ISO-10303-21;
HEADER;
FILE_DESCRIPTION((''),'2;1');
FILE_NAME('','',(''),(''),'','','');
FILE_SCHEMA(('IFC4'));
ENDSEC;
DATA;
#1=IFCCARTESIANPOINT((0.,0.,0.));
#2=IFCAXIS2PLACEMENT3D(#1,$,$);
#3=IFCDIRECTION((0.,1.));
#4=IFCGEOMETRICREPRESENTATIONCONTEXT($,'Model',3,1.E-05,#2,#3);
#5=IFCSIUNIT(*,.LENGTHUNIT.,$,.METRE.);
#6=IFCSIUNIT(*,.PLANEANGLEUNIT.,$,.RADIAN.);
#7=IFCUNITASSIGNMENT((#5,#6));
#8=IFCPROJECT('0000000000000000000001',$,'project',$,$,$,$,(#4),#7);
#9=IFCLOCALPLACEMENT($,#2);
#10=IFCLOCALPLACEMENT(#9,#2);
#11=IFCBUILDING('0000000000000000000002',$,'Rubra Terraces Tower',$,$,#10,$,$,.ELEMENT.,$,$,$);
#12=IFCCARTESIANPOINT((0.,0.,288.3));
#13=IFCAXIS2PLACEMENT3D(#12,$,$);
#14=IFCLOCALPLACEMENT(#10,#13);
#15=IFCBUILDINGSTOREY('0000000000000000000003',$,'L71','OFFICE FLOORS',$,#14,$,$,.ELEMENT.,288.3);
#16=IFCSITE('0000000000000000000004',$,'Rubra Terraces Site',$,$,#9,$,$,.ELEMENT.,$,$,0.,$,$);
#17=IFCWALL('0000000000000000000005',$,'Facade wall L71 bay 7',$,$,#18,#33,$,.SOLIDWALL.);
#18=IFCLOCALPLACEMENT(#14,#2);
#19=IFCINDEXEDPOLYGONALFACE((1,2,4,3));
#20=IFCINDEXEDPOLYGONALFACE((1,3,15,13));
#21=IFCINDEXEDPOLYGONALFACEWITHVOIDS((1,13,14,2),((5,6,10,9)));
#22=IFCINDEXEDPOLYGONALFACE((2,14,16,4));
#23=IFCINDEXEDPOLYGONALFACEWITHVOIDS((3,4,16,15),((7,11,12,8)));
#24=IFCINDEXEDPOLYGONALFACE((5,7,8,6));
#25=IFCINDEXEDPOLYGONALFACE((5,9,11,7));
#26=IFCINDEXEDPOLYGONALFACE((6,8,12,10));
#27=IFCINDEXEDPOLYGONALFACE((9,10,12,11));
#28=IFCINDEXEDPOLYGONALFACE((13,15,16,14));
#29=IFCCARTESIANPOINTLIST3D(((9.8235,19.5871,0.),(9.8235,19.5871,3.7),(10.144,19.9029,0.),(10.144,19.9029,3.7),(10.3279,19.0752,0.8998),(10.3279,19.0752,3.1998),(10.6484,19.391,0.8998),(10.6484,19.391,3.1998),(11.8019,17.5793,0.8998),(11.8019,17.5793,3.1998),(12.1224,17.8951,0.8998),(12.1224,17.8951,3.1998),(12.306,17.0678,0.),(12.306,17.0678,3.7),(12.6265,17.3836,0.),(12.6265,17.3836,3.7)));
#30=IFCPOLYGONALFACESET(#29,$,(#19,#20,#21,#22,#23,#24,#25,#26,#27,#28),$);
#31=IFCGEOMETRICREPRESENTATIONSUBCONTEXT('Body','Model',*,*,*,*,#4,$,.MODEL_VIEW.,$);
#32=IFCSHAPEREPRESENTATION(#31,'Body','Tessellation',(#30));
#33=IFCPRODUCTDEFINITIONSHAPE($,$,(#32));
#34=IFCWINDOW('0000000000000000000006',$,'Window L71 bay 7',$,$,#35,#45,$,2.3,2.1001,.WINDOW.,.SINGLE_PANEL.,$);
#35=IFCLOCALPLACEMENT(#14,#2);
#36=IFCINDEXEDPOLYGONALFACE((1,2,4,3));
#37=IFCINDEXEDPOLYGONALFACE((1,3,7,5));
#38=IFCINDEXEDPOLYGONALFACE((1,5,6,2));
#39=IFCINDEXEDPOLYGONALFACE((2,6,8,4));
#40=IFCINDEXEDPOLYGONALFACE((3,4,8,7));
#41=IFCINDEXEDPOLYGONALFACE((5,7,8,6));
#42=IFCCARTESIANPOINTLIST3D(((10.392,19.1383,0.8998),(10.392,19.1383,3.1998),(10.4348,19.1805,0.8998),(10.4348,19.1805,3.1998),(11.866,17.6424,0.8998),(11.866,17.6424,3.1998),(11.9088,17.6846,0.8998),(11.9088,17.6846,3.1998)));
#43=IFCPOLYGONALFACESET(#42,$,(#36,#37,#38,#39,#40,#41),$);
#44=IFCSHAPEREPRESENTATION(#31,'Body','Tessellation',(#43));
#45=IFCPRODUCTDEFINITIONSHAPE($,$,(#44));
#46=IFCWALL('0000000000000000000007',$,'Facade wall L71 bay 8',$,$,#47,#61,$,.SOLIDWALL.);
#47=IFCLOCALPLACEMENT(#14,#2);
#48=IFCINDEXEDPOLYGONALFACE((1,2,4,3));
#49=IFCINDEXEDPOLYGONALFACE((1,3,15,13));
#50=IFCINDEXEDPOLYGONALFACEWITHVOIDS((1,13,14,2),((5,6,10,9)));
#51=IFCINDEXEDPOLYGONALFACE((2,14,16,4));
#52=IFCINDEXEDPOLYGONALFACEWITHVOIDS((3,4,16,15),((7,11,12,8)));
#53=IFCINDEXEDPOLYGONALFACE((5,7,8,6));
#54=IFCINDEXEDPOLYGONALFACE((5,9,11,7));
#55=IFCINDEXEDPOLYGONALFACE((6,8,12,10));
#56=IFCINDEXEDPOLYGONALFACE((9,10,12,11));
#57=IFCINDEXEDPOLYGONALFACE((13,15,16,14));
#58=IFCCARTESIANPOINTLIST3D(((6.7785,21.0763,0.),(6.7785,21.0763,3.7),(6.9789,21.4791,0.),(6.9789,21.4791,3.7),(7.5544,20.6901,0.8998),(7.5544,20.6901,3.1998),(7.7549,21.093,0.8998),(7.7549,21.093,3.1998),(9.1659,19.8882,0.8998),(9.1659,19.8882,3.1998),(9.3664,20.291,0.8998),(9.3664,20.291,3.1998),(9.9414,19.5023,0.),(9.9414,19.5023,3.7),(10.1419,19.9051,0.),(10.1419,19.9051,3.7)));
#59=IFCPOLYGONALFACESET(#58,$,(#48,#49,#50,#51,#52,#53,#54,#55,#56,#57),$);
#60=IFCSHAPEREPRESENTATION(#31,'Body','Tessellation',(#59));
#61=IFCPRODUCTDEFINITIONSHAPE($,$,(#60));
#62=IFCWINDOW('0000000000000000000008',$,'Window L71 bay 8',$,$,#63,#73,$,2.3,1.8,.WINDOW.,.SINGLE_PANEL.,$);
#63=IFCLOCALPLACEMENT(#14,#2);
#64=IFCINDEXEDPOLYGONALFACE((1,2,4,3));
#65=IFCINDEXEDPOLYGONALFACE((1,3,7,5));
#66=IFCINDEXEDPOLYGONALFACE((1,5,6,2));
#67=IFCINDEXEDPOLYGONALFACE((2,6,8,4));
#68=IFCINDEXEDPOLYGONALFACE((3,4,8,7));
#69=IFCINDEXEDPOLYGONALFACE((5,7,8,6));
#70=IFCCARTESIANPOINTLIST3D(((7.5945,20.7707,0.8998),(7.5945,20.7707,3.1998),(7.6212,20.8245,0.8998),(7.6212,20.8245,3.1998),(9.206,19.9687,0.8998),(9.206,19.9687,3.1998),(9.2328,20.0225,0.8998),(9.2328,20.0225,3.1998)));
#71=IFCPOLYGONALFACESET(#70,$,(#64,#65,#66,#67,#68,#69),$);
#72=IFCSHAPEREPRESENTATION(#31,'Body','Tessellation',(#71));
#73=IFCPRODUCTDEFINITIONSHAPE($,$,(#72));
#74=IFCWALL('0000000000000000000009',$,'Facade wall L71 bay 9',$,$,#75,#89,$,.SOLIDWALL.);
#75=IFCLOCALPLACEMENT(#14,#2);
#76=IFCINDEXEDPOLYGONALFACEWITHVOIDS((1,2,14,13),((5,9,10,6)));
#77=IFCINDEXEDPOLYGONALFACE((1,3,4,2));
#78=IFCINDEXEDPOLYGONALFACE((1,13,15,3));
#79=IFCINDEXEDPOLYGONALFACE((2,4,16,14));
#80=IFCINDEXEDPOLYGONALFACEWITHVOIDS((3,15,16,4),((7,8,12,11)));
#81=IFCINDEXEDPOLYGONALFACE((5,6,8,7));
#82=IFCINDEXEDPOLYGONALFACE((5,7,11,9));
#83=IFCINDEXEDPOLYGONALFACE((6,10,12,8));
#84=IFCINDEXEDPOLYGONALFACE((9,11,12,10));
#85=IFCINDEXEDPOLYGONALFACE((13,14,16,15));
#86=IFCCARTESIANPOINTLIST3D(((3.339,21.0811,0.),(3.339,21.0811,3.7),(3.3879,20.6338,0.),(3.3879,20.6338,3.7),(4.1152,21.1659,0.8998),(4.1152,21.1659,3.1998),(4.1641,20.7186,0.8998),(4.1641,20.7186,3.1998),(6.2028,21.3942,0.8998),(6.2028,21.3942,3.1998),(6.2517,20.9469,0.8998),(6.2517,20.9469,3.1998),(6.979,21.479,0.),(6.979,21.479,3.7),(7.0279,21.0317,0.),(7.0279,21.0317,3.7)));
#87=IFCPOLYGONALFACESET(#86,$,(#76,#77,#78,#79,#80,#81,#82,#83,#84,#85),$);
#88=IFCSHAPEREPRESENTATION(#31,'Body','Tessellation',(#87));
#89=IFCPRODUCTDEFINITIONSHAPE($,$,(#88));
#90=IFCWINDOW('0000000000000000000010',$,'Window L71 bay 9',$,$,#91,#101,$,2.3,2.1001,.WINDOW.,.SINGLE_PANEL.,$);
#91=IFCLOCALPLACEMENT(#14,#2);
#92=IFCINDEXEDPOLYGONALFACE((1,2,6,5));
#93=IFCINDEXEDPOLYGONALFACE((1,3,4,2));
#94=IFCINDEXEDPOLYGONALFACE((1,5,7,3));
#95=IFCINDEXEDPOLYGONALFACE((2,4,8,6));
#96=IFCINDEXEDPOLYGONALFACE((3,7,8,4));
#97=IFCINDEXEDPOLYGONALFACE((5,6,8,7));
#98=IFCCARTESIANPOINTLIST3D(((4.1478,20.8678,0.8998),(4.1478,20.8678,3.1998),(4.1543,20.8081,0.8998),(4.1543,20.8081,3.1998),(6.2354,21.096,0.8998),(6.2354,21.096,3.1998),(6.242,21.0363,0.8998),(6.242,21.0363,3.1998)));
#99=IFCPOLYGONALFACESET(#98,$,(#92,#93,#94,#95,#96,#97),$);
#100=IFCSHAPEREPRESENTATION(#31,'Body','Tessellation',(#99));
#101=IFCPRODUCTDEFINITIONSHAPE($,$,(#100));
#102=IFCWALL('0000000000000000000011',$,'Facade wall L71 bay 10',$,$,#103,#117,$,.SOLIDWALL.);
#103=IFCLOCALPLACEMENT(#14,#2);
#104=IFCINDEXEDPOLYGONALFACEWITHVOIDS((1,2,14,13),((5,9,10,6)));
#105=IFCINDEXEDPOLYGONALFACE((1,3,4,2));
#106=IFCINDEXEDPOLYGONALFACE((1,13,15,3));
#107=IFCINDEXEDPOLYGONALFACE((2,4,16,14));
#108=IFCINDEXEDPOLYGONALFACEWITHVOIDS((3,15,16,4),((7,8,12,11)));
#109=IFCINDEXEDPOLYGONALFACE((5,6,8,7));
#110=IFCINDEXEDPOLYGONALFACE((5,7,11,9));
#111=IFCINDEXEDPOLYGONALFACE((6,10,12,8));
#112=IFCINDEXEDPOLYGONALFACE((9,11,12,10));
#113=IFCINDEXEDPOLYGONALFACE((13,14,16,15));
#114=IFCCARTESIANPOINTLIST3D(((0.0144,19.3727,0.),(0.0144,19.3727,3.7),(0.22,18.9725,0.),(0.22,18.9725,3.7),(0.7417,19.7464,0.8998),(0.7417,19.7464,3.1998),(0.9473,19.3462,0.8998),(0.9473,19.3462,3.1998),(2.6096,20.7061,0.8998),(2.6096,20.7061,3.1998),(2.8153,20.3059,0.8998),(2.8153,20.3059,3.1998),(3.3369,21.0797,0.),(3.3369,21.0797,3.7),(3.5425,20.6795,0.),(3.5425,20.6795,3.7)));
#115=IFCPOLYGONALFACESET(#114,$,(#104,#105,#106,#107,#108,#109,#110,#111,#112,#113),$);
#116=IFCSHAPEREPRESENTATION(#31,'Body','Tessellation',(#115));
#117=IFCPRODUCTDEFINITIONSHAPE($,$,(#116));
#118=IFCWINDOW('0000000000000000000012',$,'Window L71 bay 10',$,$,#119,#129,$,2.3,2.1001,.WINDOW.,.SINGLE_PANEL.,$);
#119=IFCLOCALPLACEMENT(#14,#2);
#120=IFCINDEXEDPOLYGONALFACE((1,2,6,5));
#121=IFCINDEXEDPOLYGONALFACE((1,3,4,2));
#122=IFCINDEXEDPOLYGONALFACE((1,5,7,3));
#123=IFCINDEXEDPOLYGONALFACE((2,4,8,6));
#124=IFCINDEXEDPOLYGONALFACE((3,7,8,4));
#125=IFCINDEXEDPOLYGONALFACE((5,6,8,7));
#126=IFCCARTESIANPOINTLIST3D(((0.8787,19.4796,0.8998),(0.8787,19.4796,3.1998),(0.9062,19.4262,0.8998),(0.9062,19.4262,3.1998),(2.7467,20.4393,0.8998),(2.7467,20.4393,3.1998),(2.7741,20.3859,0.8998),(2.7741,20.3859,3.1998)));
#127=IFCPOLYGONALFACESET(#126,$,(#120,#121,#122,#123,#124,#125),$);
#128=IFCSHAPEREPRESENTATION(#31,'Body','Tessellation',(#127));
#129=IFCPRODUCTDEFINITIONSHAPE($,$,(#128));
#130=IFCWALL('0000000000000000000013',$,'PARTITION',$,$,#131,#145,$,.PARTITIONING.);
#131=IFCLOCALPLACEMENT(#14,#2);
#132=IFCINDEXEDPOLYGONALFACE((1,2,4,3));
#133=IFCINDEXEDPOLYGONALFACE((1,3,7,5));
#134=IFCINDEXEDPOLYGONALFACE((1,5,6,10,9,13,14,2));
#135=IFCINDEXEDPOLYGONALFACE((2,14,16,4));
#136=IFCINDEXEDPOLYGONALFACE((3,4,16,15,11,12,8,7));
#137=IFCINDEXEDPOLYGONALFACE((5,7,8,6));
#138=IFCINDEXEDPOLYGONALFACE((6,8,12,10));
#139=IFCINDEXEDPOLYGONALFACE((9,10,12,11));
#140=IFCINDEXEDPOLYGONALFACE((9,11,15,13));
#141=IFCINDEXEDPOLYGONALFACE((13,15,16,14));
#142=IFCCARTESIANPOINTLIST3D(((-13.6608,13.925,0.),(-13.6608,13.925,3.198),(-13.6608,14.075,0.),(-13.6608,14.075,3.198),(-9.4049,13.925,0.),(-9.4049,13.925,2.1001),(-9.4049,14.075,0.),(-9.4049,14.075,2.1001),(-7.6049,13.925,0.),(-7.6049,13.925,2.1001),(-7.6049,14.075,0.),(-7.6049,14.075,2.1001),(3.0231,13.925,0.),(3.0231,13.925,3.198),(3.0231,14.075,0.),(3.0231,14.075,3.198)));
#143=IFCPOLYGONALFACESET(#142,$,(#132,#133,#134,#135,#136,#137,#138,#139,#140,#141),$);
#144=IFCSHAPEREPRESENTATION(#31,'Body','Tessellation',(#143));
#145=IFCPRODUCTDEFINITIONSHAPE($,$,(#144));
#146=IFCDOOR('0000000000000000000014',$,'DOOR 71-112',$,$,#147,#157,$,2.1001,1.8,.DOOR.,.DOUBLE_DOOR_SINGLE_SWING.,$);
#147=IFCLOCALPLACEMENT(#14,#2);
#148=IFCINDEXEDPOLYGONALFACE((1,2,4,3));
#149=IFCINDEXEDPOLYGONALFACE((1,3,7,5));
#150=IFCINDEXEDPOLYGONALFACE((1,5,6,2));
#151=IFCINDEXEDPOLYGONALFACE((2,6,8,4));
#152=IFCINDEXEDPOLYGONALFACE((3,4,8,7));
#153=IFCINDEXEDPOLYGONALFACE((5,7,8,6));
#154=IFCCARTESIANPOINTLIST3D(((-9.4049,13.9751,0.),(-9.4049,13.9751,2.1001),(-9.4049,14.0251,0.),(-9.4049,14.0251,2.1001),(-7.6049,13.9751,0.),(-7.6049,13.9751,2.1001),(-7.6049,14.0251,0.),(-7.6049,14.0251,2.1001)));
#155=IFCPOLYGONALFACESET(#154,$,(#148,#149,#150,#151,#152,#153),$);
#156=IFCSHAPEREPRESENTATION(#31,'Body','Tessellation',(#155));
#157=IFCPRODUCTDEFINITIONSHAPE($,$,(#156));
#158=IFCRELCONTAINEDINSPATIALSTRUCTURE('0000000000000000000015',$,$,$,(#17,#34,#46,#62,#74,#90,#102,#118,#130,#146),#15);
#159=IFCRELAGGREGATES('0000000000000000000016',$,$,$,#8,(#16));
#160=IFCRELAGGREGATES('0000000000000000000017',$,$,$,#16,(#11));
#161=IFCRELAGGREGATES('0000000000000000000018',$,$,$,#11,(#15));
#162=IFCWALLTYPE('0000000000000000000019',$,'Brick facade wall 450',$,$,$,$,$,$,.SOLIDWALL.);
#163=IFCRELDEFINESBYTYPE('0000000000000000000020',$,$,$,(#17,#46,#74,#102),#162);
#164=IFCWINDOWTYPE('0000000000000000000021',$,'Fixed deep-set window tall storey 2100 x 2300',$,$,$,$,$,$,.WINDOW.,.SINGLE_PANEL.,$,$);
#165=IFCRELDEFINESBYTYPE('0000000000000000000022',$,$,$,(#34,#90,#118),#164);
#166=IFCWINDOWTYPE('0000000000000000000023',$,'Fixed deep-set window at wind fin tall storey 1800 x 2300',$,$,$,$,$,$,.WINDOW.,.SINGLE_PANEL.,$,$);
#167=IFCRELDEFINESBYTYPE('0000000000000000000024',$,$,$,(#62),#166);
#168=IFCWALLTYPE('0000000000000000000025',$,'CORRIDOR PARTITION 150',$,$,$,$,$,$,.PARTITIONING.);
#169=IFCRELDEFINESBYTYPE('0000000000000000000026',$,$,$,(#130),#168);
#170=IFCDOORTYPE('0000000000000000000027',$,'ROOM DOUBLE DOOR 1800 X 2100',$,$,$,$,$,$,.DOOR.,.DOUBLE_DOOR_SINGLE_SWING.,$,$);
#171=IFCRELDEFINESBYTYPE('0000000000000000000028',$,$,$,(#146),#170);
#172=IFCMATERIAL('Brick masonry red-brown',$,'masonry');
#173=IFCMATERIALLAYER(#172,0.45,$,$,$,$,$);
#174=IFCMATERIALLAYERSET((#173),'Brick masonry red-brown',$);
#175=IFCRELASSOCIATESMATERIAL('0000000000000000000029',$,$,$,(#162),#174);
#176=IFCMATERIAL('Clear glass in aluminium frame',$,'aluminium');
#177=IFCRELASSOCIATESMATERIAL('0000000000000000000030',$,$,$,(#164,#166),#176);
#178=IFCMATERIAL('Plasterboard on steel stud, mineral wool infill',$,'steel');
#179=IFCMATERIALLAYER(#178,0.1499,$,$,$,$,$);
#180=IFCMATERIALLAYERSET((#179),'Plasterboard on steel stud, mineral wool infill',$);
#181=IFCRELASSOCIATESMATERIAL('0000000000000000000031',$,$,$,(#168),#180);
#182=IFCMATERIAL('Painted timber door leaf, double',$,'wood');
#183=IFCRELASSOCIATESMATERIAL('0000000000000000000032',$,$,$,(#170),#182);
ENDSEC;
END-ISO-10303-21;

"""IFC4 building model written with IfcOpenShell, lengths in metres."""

from ifc_helpers import new_model, si_unit, direction, frame, frame_2d, origin, place, context, subcontext, project, spatial, rectangle, extrude, material, layer, layer_set, type_object, element, fill, save


model = new_model("IFC4")

# Units and contexts
model_context = context("Model", 3, precision=1e-05, world=origin(), true_north=direction((0.0, 1.0)))
body_context = subcontext(model_context, "Body", "Model", "MODEL_VIEW")
ifc_project = project(units=[si_unit("LENGTHUNIT", "METRE"), si_unit("PLANEANGLEUNIT", "RADIAN")], contexts=[model_context])

# Site, building, storey
site_placement = place(None, origin())
site = spatial("IfcSite", under=ifc_project, at=site_placement, Name="Rubra Terraces Site", CompositionType="ELEMENT", RefElevation=0.0)
building_placement = place(site_placement, origin())
building = spatial("IfcBuilding", under=site, at=building_placement, Name="Rubra Terraces Tower", CompositionType="ELEMENT")
storey_placement = place(building_placement, frame((0.0, 0.0, 288.3)))
storey = spatial("IfcBuildingStorey", under=building, at=storey_placement, Name="L71", Description="OFFICE FLOORS", CompositionType="ELEMENT", Elevation=288.3)

# Walls, openings, windows
ifc_material_1 = material(Name="Brick masonry red-brown", Category="masonry")
ifc_layer_1 = layer(ifc_material_1, 0.45)
ifc_layer_set_1 = layer_set([ifc_layer_1], Name="Brick masonry red-brown")
wall_type_1 = type_object("IfcWallType", Name="Brick facade wall 450", PredefinedType="SOLIDWALL", material=ifc_layer_set_1)
wall_1_placement = place(storey_placement, frame((12.4663, 17.2256, 0.0), z_axis=(0.0, 0.0, 1.0), x_axis=(-0.701876, 0.712299, 0.0)))
wall_1 = element("IfcWall", 1, at=wall_1_placement, inside=storey, type_object=wall_type_1, Name="Facade wall L71 bay 7", PredefinedType="SOLIDWALL", context=body_context, shape_type="SweptSolid", body=[
    extrude(rectangle(XDim=3.5369, YDim=0.45, at=frame_2d((1.7686, 0.0))), origin(), (0.0, 0.0, 1.0), 3.7),
])
opening_1_placement = place(wall_1_placement, frame((0.7183, 0.0, 0.8999)))
opening_1 = element("IfcOpeningElement", 2, at=opening_1_placement, cuts=wall_1, PredefinedType="OPENING", context=body_context, shape_type="SweptSolid", body=[
    extrude(rectangle(XDim=2.1001, YDim=2.3, at=frame_2d((1.05, 1.1499))), frame((0.0, 0.2349, 0.0), z_axis=(0.0, -1.0, 0.0), x_axis=(1.0, 0.0, 0.0)), (0.0, 0.0, 1.0), 0.47),
])
ifc_material_2 = material(Name="Clear glass in aluminium frame", Category="aluminium")
window_type_1 = type_object("IfcWindowType", Name="Fixed deep-set window tall storey 2100 x 2300", PartitioningType="SINGLE_PANEL", PredefinedType="WINDOW", material=ifc_material_2)
window_1_placement = place(opening_1_placement, origin())
window_1 = element("IfcWindow", 3, at=window_1_placement, inside=storey, type_object=window_type_1, Name="Window L71 bay 7", OverallHeight=2.3, OverallWidth=2.1001, PartitioningType="SINGLE_PANEL", PredefinedType="WINDOW", context=body_context, shape_type="SweptSolid", body=[
    extrude(rectangle(XDim=2.1001, YDim=2.3, at=frame_2d((1.05, 1.1499))), frame((0.0, 0.135, 0.0), z_axis=(0.0, -1.0, 0.0), x_axis=(1.0, 0.0, 0.0)), (0.0, 0.0, 1.0), 0.0601),
])
fill(opening_1, window_1)
wall_2_placement = place(storey_placement, frame((10.0417, 19.7036, 0.0), z_axis=(0.0, 0.0, 1.0), x_axis=(-0.895269, 0.445527, 0.0)))
wall_2 = element("IfcWall", 4, at=wall_2_placement, inside=storey, type_object=wall_type_1, Name="Facade wall L71 bay 8", PredefinedType="SOLIDWALL", context=body_context, shape_type="SweptSolid", body=[
    extrude(rectangle(XDim=3.533, YDim=0.45, at=frame_2d((1.7666, 0.0))), origin(), (0.0, 0.0, 1.0), 3.7),
])
opening_2_placement = place(wall_2_placement, frame((0.8665, 0.0, 0.8999)))
opening_2 = element("IfcOpeningElement", 5, at=opening_2_placement, cuts=wall_2, PredefinedType="OPENING", context=body_context, shape_type="SweptSolid", body=[
    extrude(rectangle(XDim=1.8, YDim=2.3, at=frame_2d((0.8999, 1.1499))), frame((0.0, 0.2349, 0.0), z_axis=(0.0, -1.0, 0.0), x_axis=(1.0, 0.0, 0.0)), (0.0, 0.0, 1.0), 0.47),
])
window_type_2 = type_object("IfcWindowType", Name="Fixed deep-set window at wind fin tall storey 1800 x 2300", PartitioningType="SINGLE_PANEL", PredefinedType="WINDOW", material=ifc_material_2)
window_2_placement = place(opening_2_placement, origin())
window_2 = element("IfcWindow", 6, at=window_2_placement, inside=storey, type_object=window_type_2, Name="Window L71 bay 8", OverallHeight=2.3, OverallWidth=1.8, PartitioningType="SINGLE_PANEL", PredefinedType="WINDOW", context=body_context, shape_type="SweptSolid", body=[
    extrude(rectangle(XDim=1.8, YDim=2.3, at=frame_2d((0.8999, 1.1499))), frame((0.0, 0.135, 0.0), z_axis=(0.0, -1.0, 0.0), x_axis=(1.0, 0.0, 0.0)), (0.0, 0.0, 1.0), 0.0601),
])
fill(opening_2, window_2)
wall_3_placement = place(storey_placement, frame((7.0034, 21.2554, 0.0), z_axis=(0.0, 0.0, 1.0), x_axis=(-0.994077, -0.108682, 0.0)))
wall_3 = element("IfcWall", 7, at=wall_3_placement, inside=storey, type_object=wall_type_1, Name="Facade wall L71 bay 9", PredefinedType="SOLIDWALL", context=body_context, shape_type="SweptSolid", body=[
    extrude(rectangle(XDim=3.6616, YDim=0.45, at=frame_2d((1.8308, 0.0))), origin(), (0.0, 0.0, 1.0), 3.7),
])
opening_3_placement = place(wall_3_placement, frame((0.7808, 0.0, 0.8999)))
opening_3 = element("IfcOpeningElement", 8, at=opening_3_placement, cuts=wall_3, PredefinedType="OPENING", context=body_context, shape_type="SweptSolid", body=[
    extrude(rectangle(XDim=2.1001, YDim=2.3, at=frame_2d((1.05, 1.1499))), frame((0.0, 0.2349, 0.0), z_axis=(0.0, -1.0, 0.0), x_axis=(1.0, 0.0, 0.0)), (0.0, 0.0, 1.0), 0.47),
])
window_3_placement = place(opening_3_placement, origin())
window_3 = element("IfcWindow", 9, at=window_3_placement, inside=storey, type_object=window_type_1, Name="Window L71 bay 9", OverallHeight=2.3, OverallWidth=2.1001, PartitioningType="SINGLE_PANEL", PredefinedType="WINDOW", context=body_context, shape_type="SweptSolid", body=[
    extrude(rectangle(XDim=2.1001, YDim=2.3, at=frame_2d((1.05, 1.1499))), frame((0.0, 0.135, 0.0), z_axis=(0.0, -1.0, 0.0), x_axis=(1.0, 0.0, 0.0)), (0.0, 0.0, 1.0), 0.0601),
])
fill(opening_3, window_3)
wall_4_placement = place(storey_placement, frame((3.4397, 20.8796, 0.0), z_axis=(0.0, 0.0, 1.0), x_axis=(-0.889472, -0.456991, 0.0)))
wall_4 = element("IfcWall", 10, at=wall_4_placement, inside=storey, type_object=wall_type_1, Name="Facade wall L71 bay 10", PredefinedType="SOLIDWALL", context=body_context, shape_type="SweptSolid", body=[
    extrude(rectangle(XDim=3.7354, YDim=0.45, at=frame_2d((1.8677, 0.0))), origin(), (0.0, 0.0, 1.0), 3.7),
])
opening_4_placement = place(wall_4_placement, frame((0.8176, 0.0, 0.8999)))
opening_4 = element("IfcOpeningElement", 11, at=opening_4_placement, cuts=wall_4, PredefinedType="OPENING", context=body_context, shape_type="SweptSolid", body=[
    extrude(rectangle(XDim=2.1001, YDim=2.3, at=frame_2d((1.05, 1.1499))), frame((0.0, 0.2349, 0.0), z_axis=(0.0, -1.0, 0.0), x_axis=(1.0, 0.0, 0.0)), (0.0, 0.0, 1.0), 0.47),
])
window_4_placement = place(opening_4_placement, origin())
window_4 = element("IfcWindow", 12, at=window_4_placement, inside=storey, type_object=window_type_1, Name="Window L71 bay 10", OverallHeight=2.3, OverallWidth=2.1001, PartitioningType="SINGLE_PANEL", PredefinedType="WINDOW", context=body_context, shape_type="SweptSolid", body=[
    extrude(rectangle(XDim=2.1001, YDim=2.3, at=frame_2d((1.05, 1.1499))), frame((0.0, 0.135, 0.0), z_axis=(0.0, -1.0, 0.0), x_axis=(1.0, 0.0, 0.0)), (0.0, 0.0, 1.0), 0.0601),
])
fill(opening_4, window_4)

# Wall, opening, door
ifc_material_3 = material(Name="Plasterboard on steel stud, mineral wool infill", Category="steel")
ifc_layer_2 = layer(ifc_material_3, 0.1499)
ifc_layer_set_2 = layer_set([ifc_layer_2], Name="Plasterboard on steel stud, mineral wool infill")
wall_type_2 = type_object("IfcWallType", Name="CORRIDOR PARTITION 150", PredefinedType="PARTITIONING", material=ifc_layer_set_2)
wall_5_placement = place(storey_placement, frame((3.0229, 14.0, 0.0), z_axis=(0.0, 0.0, 1.0), x_axis=(-1.0, 0.0, 0.0)))
wall_5 = element("IfcWall", 13, at=wall_5_placement, inside=storey, type_object=wall_type_2, Name="PARTITION", PredefinedType="PARTITIONING", context=body_context, shape_type="SweptSolid", body=[
    extrude(rectangle(XDim=16.6838, YDim=0.1499, at=frame_2d((8.3418, 0.0))), origin(), (0.0, 0.0, 1.0), 3.198),
])
opening_5_placement = place(wall_5_placement, frame((10.6279, 0.0, 0.0)))
opening_5 = element("IfcOpeningElement", 14, at=opening_5_placement, cuts=wall_5, PredefinedType="OPENING", context=body_context, shape_type="SweptSolid", body=[
    extrude(rectangle(XDim=1.8, YDim=2.1001, at=frame_2d((0.8999, 1.05))), frame((0.0, 0.085, 0.0), z_axis=(0.0, -1.0, 0.0), x_axis=(1.0, 0.0, 0.0)), (0.0, 0.0, 1.0), 0.1699),
])
ifc_material_4 = material(Name="Painted timber door leaf, double", Category="wood")
door_type_1 = type_object("IfcDoorType", Name="ROOM DOUBLE DOOR 1800 X 2100", OperationType="DOUBLE_DOOR_SINGLE_SWING", PredefinedType="DOOR", material=ifc_material_4)
door_1_placement = place(opening_5_placement, origin())
door_1 = element("IfcDoor", 15, at=door_1_placement, inside=storey, type_object=door_type_1, Name="DOOR 71-112", OperationType="DOUBLE_DOOR_SINGLE_SWING", OverallHeight=2.1001, OverallWidth=1.8, PredefinedType="DOOR", context=body_context, shape_type="SweptSolid", body=[
    extrude(rectangle(XDim=1.8, YDim=2.1001, at=frame_2d((0.8999, 1.05))), frame((0.0, 0.0249, 0.0), z_axis=(0.0, -1.0, 0.0), x_axis=(1.0, 0.0, 0.0)), (0.0, 0.0, 1.0), 0.05),
])
fill(opening_5, door_1)

save(model, "model.ifc")
